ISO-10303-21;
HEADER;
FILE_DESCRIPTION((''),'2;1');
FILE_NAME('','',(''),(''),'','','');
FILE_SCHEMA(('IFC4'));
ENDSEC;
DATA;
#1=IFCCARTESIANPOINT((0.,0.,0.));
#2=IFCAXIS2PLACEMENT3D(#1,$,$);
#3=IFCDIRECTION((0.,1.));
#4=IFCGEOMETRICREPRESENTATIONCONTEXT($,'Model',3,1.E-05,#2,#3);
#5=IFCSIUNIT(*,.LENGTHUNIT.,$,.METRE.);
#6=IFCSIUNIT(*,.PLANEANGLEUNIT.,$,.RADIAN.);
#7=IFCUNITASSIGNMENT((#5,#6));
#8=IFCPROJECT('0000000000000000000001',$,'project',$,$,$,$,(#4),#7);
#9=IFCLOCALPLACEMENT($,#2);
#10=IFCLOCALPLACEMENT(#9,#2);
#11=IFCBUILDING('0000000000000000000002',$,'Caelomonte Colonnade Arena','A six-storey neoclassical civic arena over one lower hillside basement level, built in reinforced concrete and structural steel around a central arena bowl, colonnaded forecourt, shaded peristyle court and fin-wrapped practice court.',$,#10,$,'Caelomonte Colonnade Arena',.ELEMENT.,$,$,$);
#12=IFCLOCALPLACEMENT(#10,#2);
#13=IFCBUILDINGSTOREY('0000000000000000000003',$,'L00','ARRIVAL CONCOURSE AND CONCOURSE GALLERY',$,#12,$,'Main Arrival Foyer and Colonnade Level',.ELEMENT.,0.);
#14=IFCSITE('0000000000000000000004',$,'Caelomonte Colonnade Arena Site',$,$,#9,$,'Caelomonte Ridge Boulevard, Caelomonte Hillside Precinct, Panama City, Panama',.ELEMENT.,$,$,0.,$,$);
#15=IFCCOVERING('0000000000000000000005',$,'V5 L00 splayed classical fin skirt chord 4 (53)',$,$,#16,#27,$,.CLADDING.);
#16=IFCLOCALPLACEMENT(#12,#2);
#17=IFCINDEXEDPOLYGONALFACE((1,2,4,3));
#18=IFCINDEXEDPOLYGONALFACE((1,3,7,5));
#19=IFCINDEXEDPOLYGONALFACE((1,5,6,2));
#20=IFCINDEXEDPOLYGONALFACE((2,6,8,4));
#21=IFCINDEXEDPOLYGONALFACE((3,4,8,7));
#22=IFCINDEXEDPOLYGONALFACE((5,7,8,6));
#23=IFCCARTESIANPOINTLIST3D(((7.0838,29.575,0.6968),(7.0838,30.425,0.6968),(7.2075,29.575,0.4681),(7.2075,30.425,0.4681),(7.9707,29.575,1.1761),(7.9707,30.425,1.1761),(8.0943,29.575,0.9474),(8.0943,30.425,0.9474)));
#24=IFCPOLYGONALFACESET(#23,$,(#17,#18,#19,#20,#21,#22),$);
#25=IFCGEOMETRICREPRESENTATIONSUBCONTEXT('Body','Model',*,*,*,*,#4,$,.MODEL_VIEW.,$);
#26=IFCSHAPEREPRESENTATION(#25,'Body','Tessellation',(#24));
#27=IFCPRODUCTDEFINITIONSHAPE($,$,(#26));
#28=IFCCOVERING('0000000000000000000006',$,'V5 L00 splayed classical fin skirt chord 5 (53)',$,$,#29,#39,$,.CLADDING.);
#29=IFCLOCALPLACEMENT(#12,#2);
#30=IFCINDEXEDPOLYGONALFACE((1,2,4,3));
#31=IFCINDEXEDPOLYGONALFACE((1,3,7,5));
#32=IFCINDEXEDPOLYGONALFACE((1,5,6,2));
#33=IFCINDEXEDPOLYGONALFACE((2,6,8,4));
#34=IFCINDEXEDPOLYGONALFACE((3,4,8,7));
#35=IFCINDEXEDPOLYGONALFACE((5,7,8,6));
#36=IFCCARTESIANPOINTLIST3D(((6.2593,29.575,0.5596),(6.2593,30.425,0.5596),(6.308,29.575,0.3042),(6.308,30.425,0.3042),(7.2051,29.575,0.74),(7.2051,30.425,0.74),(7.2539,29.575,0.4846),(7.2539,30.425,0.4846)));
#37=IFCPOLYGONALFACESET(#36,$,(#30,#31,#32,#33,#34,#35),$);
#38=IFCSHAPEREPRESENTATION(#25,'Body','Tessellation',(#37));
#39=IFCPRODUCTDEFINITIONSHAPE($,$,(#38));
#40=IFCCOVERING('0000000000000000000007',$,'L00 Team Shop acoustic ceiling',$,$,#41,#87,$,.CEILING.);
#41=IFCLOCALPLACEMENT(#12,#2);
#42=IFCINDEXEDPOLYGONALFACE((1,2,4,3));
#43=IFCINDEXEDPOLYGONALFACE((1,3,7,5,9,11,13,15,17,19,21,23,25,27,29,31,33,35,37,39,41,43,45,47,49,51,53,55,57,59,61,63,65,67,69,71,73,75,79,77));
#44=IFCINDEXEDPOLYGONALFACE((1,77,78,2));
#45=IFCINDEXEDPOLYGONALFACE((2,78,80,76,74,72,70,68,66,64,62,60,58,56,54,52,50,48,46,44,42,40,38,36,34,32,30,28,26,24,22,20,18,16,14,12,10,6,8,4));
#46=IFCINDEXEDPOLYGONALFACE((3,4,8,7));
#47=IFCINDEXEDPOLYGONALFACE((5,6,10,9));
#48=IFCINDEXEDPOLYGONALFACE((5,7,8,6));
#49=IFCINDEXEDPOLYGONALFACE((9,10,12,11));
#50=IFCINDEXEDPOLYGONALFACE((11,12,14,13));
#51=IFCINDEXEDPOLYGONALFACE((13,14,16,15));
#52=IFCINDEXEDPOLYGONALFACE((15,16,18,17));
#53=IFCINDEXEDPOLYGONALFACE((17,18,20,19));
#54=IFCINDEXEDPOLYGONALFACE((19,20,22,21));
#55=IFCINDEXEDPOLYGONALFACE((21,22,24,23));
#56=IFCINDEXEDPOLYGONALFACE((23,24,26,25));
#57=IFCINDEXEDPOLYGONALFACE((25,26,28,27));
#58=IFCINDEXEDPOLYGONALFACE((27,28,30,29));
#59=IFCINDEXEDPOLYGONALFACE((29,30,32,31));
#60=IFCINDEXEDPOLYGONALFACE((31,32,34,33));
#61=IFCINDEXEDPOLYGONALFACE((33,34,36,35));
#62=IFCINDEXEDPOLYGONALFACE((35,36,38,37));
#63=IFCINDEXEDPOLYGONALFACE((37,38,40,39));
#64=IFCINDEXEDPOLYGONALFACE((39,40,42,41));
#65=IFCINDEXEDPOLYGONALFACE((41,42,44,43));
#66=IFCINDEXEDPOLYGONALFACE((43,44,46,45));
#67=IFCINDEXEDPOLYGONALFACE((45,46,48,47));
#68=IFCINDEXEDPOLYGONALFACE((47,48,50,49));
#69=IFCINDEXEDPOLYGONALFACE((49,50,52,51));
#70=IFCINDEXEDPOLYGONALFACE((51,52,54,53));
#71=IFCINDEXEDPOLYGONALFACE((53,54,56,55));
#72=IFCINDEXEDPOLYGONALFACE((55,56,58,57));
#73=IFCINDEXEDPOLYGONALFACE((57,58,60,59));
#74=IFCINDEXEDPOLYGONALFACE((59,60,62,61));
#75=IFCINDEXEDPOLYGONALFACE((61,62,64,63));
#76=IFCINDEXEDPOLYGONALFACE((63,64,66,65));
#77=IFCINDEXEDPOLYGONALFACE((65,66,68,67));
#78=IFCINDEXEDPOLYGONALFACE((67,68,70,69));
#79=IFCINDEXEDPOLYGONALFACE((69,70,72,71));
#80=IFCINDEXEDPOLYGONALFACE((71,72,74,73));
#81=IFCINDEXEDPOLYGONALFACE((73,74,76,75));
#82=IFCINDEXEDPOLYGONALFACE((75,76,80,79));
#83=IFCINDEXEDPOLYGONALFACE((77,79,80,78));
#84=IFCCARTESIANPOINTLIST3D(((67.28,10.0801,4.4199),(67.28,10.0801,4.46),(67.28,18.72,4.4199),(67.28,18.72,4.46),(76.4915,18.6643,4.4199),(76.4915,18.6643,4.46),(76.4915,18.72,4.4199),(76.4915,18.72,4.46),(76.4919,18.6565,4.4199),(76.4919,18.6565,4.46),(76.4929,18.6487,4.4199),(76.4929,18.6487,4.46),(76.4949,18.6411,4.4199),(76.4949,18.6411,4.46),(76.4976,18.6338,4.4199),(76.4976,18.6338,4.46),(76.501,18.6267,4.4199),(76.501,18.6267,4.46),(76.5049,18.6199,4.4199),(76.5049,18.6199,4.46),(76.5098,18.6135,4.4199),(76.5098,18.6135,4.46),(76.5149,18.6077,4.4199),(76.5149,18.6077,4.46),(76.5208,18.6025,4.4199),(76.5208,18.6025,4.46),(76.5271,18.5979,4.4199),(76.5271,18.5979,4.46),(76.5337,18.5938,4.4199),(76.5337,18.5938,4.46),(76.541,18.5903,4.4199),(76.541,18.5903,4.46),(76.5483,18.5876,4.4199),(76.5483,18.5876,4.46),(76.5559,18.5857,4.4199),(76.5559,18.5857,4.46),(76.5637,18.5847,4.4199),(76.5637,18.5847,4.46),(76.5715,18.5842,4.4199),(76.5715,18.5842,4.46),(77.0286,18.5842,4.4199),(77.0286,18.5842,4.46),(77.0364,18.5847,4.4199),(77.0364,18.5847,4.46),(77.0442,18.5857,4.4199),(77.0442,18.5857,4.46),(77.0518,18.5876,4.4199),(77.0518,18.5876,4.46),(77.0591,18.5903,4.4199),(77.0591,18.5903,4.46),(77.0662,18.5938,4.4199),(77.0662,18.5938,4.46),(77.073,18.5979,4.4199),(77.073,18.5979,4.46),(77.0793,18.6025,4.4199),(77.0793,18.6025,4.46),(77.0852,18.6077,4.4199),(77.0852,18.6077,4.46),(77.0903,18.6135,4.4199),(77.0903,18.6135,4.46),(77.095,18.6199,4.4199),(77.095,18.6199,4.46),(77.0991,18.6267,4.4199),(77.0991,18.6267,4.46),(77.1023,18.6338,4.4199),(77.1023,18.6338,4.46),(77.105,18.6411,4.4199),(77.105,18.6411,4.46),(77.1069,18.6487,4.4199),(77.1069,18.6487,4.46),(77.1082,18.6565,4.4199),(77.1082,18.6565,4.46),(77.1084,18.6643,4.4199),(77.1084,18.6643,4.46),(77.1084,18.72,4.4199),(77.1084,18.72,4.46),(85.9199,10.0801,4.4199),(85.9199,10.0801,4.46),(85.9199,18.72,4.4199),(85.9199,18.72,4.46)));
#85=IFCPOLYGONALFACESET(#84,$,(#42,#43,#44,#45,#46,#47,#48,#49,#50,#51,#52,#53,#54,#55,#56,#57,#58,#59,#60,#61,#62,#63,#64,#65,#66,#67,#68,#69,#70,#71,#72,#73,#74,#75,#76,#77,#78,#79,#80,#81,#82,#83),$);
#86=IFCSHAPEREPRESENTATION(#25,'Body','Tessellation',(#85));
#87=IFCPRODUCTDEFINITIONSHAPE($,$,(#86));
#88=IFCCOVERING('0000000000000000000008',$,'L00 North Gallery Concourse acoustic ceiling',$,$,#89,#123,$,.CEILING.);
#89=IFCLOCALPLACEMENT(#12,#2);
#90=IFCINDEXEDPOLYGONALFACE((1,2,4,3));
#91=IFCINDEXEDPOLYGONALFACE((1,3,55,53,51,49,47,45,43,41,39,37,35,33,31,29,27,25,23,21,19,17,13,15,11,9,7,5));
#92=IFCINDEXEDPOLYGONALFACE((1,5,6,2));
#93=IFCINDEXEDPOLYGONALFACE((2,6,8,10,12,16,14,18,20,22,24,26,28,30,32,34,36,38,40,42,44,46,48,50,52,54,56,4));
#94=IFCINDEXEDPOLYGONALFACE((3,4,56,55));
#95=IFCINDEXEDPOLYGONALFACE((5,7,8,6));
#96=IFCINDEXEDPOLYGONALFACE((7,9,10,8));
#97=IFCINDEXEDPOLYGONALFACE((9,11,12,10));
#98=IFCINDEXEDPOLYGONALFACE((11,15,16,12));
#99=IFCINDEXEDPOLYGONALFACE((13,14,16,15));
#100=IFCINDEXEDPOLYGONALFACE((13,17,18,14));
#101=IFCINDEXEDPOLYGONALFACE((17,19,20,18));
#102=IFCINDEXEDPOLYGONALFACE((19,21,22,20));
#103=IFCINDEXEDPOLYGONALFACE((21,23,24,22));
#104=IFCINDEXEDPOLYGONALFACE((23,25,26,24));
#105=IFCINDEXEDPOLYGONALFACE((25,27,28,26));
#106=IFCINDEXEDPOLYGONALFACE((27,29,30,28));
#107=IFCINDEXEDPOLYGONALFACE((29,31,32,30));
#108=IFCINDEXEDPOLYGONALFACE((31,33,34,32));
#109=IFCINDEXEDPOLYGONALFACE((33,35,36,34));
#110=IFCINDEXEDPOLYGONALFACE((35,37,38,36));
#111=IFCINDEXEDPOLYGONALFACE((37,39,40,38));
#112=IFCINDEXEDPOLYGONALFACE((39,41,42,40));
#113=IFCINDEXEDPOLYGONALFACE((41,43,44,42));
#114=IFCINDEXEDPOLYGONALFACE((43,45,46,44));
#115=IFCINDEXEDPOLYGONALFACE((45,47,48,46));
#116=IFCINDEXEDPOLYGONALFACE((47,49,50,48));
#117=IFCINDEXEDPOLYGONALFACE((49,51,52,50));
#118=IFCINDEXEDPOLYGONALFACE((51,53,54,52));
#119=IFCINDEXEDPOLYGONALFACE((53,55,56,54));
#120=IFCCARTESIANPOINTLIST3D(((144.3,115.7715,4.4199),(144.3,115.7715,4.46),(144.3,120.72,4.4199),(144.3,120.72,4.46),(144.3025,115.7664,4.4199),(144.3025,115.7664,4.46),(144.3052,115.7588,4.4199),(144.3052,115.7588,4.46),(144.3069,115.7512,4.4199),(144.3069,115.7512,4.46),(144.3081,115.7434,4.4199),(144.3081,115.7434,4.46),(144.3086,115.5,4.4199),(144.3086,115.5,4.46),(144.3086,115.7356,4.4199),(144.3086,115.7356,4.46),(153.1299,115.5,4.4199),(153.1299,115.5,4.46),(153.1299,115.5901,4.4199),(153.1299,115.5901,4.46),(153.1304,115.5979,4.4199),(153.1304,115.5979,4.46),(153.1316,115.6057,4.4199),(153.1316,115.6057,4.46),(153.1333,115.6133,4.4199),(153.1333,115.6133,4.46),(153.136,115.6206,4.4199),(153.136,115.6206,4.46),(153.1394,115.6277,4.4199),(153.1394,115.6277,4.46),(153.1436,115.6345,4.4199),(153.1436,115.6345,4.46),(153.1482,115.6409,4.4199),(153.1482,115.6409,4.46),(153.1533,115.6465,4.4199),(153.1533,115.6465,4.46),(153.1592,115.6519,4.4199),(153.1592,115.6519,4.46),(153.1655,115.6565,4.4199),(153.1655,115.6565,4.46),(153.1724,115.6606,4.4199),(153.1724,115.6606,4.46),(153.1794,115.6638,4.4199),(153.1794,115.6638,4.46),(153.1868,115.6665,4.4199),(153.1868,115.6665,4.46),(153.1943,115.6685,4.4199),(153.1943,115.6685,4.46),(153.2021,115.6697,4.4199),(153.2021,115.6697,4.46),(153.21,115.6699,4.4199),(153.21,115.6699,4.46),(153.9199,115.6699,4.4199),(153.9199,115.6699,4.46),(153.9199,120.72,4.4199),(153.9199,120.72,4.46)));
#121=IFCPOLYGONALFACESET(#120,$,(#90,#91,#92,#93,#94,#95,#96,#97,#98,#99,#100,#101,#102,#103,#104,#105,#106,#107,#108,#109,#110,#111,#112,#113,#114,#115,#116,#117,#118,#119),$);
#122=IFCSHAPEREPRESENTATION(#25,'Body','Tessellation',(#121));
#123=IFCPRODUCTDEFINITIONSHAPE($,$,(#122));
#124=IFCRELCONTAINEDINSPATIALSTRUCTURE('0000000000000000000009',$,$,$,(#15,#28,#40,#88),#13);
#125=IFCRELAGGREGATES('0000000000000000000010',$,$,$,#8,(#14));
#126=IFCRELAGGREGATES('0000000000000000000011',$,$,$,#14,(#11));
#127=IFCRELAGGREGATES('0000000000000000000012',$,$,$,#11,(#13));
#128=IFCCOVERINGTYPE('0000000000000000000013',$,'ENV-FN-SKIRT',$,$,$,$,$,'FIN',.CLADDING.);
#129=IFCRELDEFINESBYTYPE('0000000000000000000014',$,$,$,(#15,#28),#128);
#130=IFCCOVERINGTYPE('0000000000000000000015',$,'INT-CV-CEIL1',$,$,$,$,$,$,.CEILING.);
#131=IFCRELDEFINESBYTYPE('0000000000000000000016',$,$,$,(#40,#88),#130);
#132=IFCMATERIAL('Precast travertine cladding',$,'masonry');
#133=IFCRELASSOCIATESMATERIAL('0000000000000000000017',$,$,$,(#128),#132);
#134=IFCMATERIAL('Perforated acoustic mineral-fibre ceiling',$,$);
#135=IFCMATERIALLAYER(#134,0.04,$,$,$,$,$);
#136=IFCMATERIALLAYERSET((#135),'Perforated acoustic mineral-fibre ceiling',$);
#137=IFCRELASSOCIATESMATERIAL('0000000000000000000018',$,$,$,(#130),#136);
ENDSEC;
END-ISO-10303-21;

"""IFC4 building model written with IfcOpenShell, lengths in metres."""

from ifc_helpers import new_model, si_unit, direction, frame, origin, origin_2d, place, context, subcontext, project, spatial, polyline, rectangle, outline, extrude, material, layer, layer_set, material_profile, profile_set, type_object, element, save


model = new_model("IFC4")

# Units and contexts
model_context = context("Model", 3, precision=1e-05, world=origin(), true_north=direction((0.0, 1.0)))
body_context = subcontext(model_context, "Body", "Model", "MODEL_VIEW")
ifc_project = project(units=[si_unit("LENGTHUNIT", "METRE"), si_unit("PLANEANGLEUNIT", "RADIAN")], contexts=[model_context])

# Site, building, storey
site_placement = place(None, origin())
site = spatial("IfcSite", under=ifc_project, at=site_placement, Name="Caelomonte Colonnade Arena Site", LongName="Caelomonte Ridge Boulevard, Caelomonte Hillside Precinct, Panama City, Panama", CompositionType="ELEMENT", RefElevation=0.0)
building_placement = place(site_placement, origin())
building = spatial("IfcBuilding", under=site, at=building_placement, Name="Caelomonte Colonnade Arena", Description="A six-storey neoclassical civic arena over one lower hillside basement level, built in reinforced concrete and structural steel around a central arena bowl, colonnaded forecourt, shaded peristyle court and fin-wrapped practice court.", LongName="Caelomonte Colonnade Arena", CompositionType="ELEMENT")
storey_placement = place(building_placement, origin())
storey = spatial("IfcBuildingStorey", under=building, at=storey_placement, Name="L00", Description="ARRIVAL CONCOURSE AND CONCOURSE GALLERY", LongName="Main Arrival Foyer and Colonnade Level", CompositionType="ELEMENT", Elevation=0.0)

# Coverings
ifc_material_1 = material(Name="Precast travertine cladding", Category="masonry")
ifc_material_profile = material_profile(ifc_material_1, rectangle(XDim=0.26, YDim=0.8501, at=origin_2d()), Name="FIN260X850")
ifc_profile_set = profile_set([ifc_material_profile], Name="Precast travertine cladding")
covering_type_1 = type_object("IfcCoveringType", Name="ENV-FN-SKIRT", ElementType="FIN", PredefinedType="CLADDING", material=ifc_profile_set)
covering_1_placement = place(storey_placement, frame((8.0325, 30.0, 1.0618), z_axis=(-0.879731, 0.0, -0.475471), x_axis=(-0.475471, 0.0, 0.879731)))
element("IfcCovering", 1, at=covering_1_placement, inside=storey, type_object=covering_type_1, Name="V5 L00 splayed classical fin skirt chord 4 (53)", PredefinedType="CLADDING", context=body_context, shape_type="SweptSolid", body=[
    extrude(rectangle(XDim=0.26, YDim=0.8501, at=origin_2d()), origin(), (0.0, 0.0, 1.0), 1.0081),
])
covering_2_placement = place(storey_placement, frame((7.2295, 30.0, 0.6123), z_axis=(-0.982287, 0.0, -0.18738), x_axis=(-0.18738, 0.0, 0.982287)))
element("IfcCovering", 2, at=covering_2_placement, inside=storey, type_object=covering_type_1, Name="V5 L00 splayed classical fin skirt chord 5 (53)", PredefinedType="CLADDING", context=body_context, shape_type="SweptSolid", body=[
    extrude(rectangle(XDim=0.26, YDim=0.8501, at=origin_2d()), origin(), (0.0, 0.0, 1.0), 0.9629),
])
ifc_material_2 = material(Name="Perforated acoustic mineral-fibre ceiling")
ifc_layer_1 = layer(ifc_material_2, 0.04)
ifc_layer_set_1 = layer_set([ifc_layer_1], Name="Perforated acoustic mineral-fibre ceiling")
covering_type_2 = type_object("IfcCoveringType", Name="INT-CV-CEIL1", PredefinedType="CEILING", material=ifc_layer_set_1)
covering_3_placement = place(storey_placement, frame((0.0, 0.0, 4.4199)))
element("IfcCovering", 3, at=covering_3_placement, inside=storey, type_object=covering_type_2, Name="L00 Team Shop acoustic ceiling", PredefinedType="CEILING", context=body_context, shape_type="SweptSolid", body=[
    extrude(outline(polyline([(77.0364, 18.5847), (77.0286, 18.5842), (76.5715, 18.5842), (76.5637, 18.5847), (76.5559, 18.5857), (76.5483, 18.5876), (76.541, 18.5903), (76.5337, 18.5938), (76.5271, 18.5979), (76.5208, 18.6025), (76.5149, 18.6077), (76.5098, 18.6135), (76.5049, 18.6199), (76.501, 18.6267), (76.4976, 18.6338), (76.4949, 18.6411), (76.4929, 18.6487), (76.4919, 18.6565), (76.4915, 18.6643), (76.4915, 18.72), (67.28, 18.72), (67.28, 10.0801), (85.9199, 10.0801), (85.9199, 18.72), (77.1084, 18.72), (77.1084, 18.6643), (77.1082, 18.6565), (77.1069, 18.6487), (77.105, 18.6411), (77.1023, 18.6338), (77.0991, 18.6267), (77.095, 18.6199), (77.0903, 18.6135), (77.0852, 18.6077), (77.0793, 18.6025), (77.073, 18.5979), (77.0662, 18.5938), (77.0591, 18.5903), (77.0518, 18.5876), (77.0442, 18.5857), (77.0364, 18.5847)])), origin(), (0.0, 0.0, 1.0), 0.04),
])
covering_4_placement = place(storey_placement, frame((0.0, 0.0, 4.4199)))
element("IfcCovering", 4, at=covering_4_placement, inside=storey, type_object=covering_type_2, Name="L00 North Gallery Concourse acoustic ceiling", PredefinedType="CEILING", context=body_context, shape_type="SweptSolid", body=[
    extrude(outline(polyline([(144.3, 120.72), (144.3, 115.7715), (144.3025, 115.7664), (144.3052, 115.7588), (144.3069, 115.7512), (144.3081, 115.7434), (144.3086, 115.7356), (144.3086, 115.5), (153.1299, 115.5), (153.1299, 115.5901), (153.1304, 115.5979), (153.1316, 115.6057), (153.1333, 115.6133), (153.136, 115.6206), (153.1394, 115.6277), (153.1436, 115.6345), (153.1482, 115.6409), (153.1533, 115.6465), (153.1592, 115.6519), (153.1655, 115.6565), (153.1724, 115.6606), (153.1794, 115.6638), (153.1868, 115.6665), (153.1943, 115.6685), (153.2021, 115.6697), (153.21, 115.6699), (153.9199, 115.6699), (153.9199, 120.72), (144.3, 120.72)])), origin(), (0.0, 0.0, 1.0), 0.04),
])

save(model, "model.ifc")
